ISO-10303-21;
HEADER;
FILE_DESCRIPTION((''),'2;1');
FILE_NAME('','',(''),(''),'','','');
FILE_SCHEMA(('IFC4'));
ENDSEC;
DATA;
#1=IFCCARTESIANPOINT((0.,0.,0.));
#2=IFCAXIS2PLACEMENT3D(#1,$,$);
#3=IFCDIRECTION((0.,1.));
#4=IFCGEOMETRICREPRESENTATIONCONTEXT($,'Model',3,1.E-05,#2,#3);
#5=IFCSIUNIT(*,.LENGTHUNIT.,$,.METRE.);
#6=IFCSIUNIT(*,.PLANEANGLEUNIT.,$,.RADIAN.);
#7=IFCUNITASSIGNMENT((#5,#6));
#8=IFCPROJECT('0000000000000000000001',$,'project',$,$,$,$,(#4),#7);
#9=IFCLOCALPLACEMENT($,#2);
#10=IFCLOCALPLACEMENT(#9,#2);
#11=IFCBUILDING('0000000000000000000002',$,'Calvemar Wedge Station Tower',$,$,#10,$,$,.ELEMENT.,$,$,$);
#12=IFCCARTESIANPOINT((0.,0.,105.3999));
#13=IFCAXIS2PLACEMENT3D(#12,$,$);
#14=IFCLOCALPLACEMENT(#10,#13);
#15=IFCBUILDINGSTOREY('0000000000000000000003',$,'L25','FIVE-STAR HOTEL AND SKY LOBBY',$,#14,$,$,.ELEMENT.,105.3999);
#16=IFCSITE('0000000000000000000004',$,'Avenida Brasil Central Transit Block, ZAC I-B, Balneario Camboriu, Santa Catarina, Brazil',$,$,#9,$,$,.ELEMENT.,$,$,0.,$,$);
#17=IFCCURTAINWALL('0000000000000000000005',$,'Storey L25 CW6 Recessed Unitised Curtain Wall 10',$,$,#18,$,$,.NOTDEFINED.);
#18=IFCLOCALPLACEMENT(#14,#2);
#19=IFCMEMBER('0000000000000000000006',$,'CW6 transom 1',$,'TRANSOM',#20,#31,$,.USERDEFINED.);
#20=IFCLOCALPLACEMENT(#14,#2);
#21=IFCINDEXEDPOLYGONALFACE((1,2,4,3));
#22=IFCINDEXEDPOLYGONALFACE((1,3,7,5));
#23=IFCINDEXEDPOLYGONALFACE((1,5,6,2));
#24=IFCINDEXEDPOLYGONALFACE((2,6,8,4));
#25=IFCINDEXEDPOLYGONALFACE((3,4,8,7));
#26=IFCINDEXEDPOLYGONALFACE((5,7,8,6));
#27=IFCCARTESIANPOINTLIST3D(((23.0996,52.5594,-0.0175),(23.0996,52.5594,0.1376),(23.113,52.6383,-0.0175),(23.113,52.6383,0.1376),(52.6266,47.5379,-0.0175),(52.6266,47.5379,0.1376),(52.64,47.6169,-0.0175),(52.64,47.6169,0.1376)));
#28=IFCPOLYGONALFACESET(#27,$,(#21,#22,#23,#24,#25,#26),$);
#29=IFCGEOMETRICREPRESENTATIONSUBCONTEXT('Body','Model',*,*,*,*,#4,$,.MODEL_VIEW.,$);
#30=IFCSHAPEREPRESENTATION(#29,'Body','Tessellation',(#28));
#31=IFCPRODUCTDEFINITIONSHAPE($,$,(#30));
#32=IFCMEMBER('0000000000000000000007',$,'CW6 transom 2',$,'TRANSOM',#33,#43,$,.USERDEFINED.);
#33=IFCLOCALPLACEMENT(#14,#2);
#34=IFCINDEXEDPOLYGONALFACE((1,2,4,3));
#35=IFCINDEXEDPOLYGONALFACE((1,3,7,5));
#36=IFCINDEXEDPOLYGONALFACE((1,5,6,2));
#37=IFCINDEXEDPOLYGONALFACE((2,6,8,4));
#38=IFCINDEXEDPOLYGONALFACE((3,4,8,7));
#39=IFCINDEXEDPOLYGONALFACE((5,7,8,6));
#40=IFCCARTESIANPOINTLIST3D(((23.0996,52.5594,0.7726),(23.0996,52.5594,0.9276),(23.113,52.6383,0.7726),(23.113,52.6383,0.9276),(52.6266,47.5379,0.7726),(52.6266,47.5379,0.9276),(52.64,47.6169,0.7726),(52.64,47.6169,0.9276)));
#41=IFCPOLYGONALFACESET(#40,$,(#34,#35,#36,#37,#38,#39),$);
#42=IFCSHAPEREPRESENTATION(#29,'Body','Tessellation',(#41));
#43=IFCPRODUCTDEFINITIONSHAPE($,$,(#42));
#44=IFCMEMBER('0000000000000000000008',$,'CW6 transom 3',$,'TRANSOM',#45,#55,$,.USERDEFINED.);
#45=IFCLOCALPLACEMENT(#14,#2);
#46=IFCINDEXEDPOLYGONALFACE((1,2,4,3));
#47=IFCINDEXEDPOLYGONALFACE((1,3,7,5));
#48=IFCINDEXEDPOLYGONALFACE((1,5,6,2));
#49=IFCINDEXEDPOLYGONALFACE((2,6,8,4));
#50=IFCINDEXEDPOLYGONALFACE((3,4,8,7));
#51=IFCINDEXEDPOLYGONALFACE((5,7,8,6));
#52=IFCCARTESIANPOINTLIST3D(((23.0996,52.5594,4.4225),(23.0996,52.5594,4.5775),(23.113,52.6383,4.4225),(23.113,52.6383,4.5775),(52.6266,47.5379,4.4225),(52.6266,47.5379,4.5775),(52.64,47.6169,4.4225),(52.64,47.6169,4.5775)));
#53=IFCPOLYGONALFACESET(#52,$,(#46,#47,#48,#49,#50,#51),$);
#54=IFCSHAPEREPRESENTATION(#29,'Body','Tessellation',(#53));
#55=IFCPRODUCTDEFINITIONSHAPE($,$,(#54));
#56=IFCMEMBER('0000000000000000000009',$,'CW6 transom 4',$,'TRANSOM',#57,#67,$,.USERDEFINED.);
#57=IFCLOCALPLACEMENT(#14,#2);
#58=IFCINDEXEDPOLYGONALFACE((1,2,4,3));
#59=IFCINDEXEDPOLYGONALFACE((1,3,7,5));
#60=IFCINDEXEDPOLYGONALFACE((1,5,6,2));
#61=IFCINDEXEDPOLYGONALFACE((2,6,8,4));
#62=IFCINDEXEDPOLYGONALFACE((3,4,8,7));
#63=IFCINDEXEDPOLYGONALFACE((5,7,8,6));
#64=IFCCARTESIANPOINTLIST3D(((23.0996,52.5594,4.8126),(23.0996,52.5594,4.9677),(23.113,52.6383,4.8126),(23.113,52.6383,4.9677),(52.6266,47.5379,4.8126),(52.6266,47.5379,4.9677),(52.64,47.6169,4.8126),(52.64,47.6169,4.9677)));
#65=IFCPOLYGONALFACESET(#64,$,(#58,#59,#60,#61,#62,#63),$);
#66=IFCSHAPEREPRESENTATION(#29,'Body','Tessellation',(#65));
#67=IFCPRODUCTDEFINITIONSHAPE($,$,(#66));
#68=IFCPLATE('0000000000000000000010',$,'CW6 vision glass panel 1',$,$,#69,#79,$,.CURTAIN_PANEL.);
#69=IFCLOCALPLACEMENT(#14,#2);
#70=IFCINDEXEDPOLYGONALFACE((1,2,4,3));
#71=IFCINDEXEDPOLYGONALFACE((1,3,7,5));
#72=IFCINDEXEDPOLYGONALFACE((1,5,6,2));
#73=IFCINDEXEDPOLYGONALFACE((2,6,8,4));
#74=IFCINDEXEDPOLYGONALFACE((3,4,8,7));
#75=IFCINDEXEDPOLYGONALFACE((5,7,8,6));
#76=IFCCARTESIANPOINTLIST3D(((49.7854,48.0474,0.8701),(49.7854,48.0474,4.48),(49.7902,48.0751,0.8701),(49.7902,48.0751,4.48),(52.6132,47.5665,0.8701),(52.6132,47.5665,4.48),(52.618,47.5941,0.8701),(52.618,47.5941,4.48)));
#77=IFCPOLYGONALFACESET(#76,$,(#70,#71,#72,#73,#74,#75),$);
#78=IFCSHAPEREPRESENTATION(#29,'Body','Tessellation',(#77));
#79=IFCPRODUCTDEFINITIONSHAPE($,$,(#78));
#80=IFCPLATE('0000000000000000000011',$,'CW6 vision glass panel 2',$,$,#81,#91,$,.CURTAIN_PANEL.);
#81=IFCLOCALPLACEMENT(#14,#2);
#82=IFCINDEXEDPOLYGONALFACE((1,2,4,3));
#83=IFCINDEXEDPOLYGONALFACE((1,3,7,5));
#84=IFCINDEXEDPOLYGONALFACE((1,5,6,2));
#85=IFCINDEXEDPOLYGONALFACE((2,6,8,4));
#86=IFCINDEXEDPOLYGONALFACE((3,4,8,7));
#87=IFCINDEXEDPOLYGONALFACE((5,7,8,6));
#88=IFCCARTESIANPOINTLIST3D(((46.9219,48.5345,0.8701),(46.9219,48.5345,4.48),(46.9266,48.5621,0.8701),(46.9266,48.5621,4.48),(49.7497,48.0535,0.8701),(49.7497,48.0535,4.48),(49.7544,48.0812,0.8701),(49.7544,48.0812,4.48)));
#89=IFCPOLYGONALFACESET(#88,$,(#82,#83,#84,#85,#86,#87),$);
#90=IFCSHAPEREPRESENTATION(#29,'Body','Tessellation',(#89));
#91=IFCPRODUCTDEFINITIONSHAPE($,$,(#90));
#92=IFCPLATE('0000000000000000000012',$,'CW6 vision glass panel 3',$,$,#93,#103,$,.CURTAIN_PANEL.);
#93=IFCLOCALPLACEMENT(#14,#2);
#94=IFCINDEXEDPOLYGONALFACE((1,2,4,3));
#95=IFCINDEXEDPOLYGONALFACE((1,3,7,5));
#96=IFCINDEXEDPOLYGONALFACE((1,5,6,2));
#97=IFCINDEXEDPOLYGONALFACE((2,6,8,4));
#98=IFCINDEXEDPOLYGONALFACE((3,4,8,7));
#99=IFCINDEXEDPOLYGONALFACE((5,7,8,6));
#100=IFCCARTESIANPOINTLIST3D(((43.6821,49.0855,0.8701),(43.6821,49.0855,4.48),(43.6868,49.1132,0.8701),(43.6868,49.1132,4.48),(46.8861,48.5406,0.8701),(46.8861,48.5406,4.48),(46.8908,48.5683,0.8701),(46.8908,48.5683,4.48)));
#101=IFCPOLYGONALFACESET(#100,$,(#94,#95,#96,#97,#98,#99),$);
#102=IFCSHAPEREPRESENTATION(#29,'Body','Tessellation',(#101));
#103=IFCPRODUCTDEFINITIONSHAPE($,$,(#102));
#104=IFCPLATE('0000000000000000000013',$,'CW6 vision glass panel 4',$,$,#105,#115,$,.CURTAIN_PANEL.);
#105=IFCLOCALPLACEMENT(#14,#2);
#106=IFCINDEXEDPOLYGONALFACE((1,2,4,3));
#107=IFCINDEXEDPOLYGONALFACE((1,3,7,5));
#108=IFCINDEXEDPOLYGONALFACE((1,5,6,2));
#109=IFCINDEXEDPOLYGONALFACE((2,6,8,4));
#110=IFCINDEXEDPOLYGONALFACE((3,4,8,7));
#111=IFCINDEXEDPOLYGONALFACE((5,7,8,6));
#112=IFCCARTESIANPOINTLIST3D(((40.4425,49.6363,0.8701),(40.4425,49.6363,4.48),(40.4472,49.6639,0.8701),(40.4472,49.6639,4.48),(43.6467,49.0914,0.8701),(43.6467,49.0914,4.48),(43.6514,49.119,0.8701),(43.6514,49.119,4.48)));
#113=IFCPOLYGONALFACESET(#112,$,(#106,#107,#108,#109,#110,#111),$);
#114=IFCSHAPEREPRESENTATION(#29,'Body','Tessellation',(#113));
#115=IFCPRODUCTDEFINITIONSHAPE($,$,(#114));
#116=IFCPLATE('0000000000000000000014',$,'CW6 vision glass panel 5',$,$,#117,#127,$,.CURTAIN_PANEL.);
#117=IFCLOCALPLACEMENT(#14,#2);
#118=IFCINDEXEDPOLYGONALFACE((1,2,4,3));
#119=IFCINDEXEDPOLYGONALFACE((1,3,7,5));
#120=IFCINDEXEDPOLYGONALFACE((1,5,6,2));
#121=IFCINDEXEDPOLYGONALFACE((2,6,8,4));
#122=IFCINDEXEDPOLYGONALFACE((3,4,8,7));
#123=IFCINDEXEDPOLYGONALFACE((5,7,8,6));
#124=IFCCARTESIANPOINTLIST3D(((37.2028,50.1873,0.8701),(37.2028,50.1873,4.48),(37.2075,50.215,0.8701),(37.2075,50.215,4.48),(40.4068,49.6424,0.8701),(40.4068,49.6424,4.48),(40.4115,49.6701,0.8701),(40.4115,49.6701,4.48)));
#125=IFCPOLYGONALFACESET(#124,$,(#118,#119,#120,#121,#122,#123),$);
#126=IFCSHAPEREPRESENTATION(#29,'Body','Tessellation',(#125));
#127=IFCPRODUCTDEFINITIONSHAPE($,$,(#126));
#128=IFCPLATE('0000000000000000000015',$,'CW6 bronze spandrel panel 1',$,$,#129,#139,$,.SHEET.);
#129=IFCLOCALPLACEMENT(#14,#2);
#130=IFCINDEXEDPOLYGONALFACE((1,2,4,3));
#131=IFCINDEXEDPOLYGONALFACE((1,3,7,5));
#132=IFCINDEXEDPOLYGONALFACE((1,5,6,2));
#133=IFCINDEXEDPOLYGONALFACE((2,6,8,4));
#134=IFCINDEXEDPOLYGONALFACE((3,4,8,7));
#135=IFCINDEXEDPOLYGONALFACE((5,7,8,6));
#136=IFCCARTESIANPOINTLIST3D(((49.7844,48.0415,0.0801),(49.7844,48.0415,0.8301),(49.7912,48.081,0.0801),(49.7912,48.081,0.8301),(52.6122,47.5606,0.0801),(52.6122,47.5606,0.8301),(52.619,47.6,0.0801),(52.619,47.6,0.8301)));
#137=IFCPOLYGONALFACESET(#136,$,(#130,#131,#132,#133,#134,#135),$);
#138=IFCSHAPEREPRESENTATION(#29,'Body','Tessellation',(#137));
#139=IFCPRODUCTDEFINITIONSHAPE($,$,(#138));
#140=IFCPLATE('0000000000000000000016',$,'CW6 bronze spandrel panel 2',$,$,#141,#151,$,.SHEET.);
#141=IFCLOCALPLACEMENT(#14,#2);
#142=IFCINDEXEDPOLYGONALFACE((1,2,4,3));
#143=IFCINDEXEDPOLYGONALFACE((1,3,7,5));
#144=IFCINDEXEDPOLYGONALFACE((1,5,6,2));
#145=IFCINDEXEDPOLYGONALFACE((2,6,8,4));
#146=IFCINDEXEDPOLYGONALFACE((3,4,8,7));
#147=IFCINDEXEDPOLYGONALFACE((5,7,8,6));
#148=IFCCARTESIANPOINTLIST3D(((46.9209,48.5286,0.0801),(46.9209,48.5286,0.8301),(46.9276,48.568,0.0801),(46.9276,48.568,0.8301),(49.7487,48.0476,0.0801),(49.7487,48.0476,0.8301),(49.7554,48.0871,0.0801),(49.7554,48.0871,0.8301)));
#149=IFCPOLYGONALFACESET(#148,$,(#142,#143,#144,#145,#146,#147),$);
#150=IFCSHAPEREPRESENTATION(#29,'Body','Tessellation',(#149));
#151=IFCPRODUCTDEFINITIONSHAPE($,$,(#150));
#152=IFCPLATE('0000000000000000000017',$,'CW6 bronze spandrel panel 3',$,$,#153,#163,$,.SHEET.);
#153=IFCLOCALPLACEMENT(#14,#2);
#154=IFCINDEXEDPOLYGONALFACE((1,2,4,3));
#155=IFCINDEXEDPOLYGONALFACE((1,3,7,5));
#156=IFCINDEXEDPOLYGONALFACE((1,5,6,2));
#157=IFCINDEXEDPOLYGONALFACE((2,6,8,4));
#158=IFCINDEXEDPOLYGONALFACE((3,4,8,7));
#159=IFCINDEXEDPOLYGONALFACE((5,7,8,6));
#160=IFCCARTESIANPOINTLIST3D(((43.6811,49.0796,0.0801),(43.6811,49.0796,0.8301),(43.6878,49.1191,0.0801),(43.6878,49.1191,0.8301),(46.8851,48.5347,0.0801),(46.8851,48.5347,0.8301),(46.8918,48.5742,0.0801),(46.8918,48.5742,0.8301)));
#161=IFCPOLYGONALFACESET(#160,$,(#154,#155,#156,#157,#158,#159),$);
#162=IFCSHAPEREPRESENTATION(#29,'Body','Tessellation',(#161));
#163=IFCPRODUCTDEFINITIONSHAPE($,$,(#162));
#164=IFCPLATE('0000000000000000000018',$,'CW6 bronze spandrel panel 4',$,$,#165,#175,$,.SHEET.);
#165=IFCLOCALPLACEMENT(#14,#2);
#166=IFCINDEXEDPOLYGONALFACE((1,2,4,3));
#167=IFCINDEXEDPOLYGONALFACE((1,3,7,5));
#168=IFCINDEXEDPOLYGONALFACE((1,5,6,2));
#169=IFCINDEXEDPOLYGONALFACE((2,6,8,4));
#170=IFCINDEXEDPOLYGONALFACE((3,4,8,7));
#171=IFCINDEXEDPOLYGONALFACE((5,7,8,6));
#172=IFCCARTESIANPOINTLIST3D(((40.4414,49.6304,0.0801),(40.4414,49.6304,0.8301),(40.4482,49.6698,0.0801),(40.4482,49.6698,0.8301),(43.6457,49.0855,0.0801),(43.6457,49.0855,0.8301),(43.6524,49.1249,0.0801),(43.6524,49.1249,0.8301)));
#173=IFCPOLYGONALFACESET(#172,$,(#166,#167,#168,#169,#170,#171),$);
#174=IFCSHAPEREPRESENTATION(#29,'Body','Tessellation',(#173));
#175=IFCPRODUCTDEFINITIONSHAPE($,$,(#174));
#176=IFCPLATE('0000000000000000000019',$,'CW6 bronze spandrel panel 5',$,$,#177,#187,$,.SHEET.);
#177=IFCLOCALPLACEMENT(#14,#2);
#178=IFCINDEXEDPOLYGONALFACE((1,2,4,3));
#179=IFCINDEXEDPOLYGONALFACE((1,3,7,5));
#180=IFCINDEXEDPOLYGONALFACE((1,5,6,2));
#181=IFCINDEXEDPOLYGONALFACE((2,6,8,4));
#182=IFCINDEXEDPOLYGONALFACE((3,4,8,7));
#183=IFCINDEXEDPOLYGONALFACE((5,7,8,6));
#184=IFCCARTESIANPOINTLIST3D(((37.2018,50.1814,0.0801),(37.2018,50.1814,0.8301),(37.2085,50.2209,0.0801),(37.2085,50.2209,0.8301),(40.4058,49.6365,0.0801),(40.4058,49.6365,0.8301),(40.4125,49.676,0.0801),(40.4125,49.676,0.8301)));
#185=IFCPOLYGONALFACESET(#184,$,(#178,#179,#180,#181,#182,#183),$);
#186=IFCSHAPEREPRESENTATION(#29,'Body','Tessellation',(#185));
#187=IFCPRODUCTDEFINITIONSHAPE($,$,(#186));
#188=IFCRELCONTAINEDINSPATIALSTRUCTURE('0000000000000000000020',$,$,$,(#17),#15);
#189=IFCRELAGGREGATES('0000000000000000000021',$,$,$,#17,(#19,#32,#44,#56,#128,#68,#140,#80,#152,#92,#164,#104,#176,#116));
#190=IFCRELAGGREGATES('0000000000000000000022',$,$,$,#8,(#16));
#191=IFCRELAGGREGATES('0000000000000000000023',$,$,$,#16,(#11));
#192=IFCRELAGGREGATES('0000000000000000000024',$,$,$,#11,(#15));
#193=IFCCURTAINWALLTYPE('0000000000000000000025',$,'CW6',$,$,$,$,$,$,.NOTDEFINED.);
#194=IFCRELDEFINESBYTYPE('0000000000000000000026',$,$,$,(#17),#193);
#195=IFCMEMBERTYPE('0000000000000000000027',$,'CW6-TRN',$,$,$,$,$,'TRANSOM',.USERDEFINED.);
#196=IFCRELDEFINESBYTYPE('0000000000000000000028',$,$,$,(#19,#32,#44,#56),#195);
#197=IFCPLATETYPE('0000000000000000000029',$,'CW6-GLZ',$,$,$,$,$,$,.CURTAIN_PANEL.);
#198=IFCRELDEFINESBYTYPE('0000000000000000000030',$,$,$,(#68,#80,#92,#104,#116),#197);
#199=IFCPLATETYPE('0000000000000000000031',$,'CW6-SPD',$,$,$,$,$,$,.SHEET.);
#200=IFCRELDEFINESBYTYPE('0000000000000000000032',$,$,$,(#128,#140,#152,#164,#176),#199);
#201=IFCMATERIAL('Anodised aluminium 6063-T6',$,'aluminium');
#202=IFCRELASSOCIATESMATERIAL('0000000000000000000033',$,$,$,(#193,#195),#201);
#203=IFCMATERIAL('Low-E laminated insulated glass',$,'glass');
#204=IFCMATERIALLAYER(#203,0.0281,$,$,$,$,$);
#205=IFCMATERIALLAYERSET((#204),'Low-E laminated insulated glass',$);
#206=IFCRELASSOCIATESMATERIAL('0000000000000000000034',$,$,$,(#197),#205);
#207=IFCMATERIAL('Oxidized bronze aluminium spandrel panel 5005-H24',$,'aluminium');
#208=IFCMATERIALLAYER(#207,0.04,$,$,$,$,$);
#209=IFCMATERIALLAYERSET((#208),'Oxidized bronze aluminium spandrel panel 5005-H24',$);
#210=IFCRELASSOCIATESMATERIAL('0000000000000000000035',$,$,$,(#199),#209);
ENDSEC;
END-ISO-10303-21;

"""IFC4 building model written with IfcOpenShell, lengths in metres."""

from ifc_helpers import new_model, si_unit, direction, frame, frame_2d, origin, origin_2d, place, context, subcontext, project, spatial, rectangle, extrude, source, transform, mapped, material, layer, layer_set, material_profile, profile_set, type_object, element, aggregate, save


model = new_model("IFC4")

# Units and contexts
model_context = context("Model", 3, precision=1e-05, world=origin(), true_north=direction((0.0, 1.0)))
body_context = subcontext(model_context, "Body", "Model", "MODEL_VIEW")
ifc_project = project(units=[si_unit("LENGTHUNIT", "METRE"), si_unit("PLANEANGLEUNIT", "RADIAN")], contexts=[model_context])

# Site, building, storey
site_placement = place(None, origin())
site = spatial("IfcSite", under=ifc_project, at=site_placement, Name="Avenida Brasil Central Transit Block, ZAC I-B, Balneario Camboriu, Santa Catarina, Brazil", CompositionType="ELEMENT", RefElevation=0.0)
building_placement = place(site_placement, origin())
building = spatial("IfcBuilding", under=site, at=building_placement, Name="Calvemar Wedge Station Tower", CompositionType="ELEMENT")
storey_placement = place(building_placement, frame((0.0, 0.0, 105.3999)))
storey = spatial("IfcBuildingStorey", under=building, at=storey_placement, Name="L25", Description="FIVE-STAR HOTEL AND SKY LOBBY", CompositionType="ELEMENT", Elevation=105.3999)

# Curtain wall, members, plates
ifc_material_1 = material(Name="Anodised aluminium 6063-T6", Category="aluminium")
curtain_wall_type = type_object("IfcCurtainWallType", Name="CW6", PredefinedType="NOTDEFINED", material=ifc_material_1)
curtain_wall_placement = place(storey_placement, origin())
curtain_wall = element("IfcCurtainWall", 1, at=curtain_wall_placement, inside=storey, type_object=curtain_wall_type, Name="Storey L25 CW6 Recessed Unitised Curtain Wall 10", PredefinedType="NOTDEFINED")
ifc_material_profile_1 = material_profile(ifc_material_1, rectangle(XDim=0.0801, YDim=0.155, at=origin_2d()), Name="AL-TRN-80x155")
ifc_profile_set_1 = profile_set([ifc_material_profile_1], Name="Anodised aluminium 6063-T6")
member_type_1 = type_object("IfcMemberType", Name="CW6-TRN", ElementType="TRANSOM", PredefinedType="USERDEFINED", material=ifc_profile_set_1)
shared_shape_1 = source(origin(), body_context, "Body", "SweptSolid", [
    extrude(rectangle(XDim=0.0801, YDim=0.155, at=origin_2d()), origin(), (0.0, 0.0, 1.0), 29.9509),
])
member_1_placement = place(storey_placement, frame((52.6333, 47.5774, 0.0601), z_axis=(-0.985845, 0.167656, 0.0), x_axis=(-0.167656, -0.985845, 0.0)))
member_1 = element("IfcMember", 2, at=member_1_placement, type_object=member_type_1, Name="CW6 transom 1", ObjectType="TRANSOM", PredefinedType="USERDEFINED", context=body_context, shape_type="MappedRepresentation", body=[
    mapped(shared_shape_1, transform((0.0, 0.0, 0.0), scale=1.0)),
])
member_2_placement = place(storey_placement, frame((52.6333, 47.5774, 0.8501), z_axis=(-0.985845, 0.167656, 0.0), x_axis=(-0.167656, -0.985845, 0.0)))
member_2 = element("IfcMember", 3, at=member_2_placement, type_object=member_type_1, Name="CW6 transom 2", ObjectType="TRANSOM", PredefinedType="USERDEFINED", context=body_context, shape_type="MappedRepresentation", body=[
    mapped(shared_shape_1, transform((0.0, 0.0, 0.0), scale=1.0)),
])
member_3_placement = place(storey_placement, frame((52.6333, 47.5774, 4.5), z_axis=(-0.985845, 0.167656, 0.0), x_axis=(-0.167656, -0.985845, 0.0)))
member_3 = element("IfcMember", 4, at=member_3_placement, type_object=member_type_1, Name="CW6 transom 3", ObjectType="TRANSOM", PredefinedType="USERDEFINED", context=body_context, shape_type="MappedRepresentation", body=[
    mapped(shared_shape_1, transform((0.0, 0.0, 0.0), scale=1.0)),
])
member_4_placement = place(storey_placement, frame((52.6333, 47.5774, 4.8901), z_axis=(-0.985845, 0.167656, 0.0), x_axis=(-0.167656, -0.985845, 0.0)))
member_4 = element("IfcMember", 5, at=member_4_placement, type_object=member_type_1, Name="CW6 transom 4", ObjectType="TRANSOM", PredefinedType="USERDEFINED", context=body_context, shape_type="MappedRepresentation", body=[
    mapped(shared_shape_1, transform((0.0, 0.0, 0.0), scale=1.0)),
])
ifc_material_2 = material(Name="Low-E laminated insulated glass", Category="glass")
ifc_layer_1 = layer(ifc_material_2, 0.0281)
ifc_layer_set_1 = layer_set([ifc_layer_1], Name="Low-E laminated insulated glass")
plate_type_1 = type_object("IfcPlateType", Name="CW6-GLZ", PredefinedType="CURTAIN_PANEL", material=ifc_layer_set_1)
plate_1_placement = place(storey_placement, frame((52.6155, 47.5803, 0.8701), z_axis=(0.0, 0.0, 1.0), x_axis=(-0.985843, 0.167669, 0.0)))
plate_1 = element("IfcPlate", 6, at=plate_1_placement, type_object=plate_type_1, Name="CW6 vision glass panel 1", PredefinedType="CURTAIN_PANEL", context=body_context, shape_type="SweptSolid", body=[
    extrude(rectangle(XDim=2.8684, YDim=0.0281, at=frame_2d((1.4341, 0.0))), origin(), (0.0, 0.0, 1.0), 3.6099),
])
plate_2_placement = place(storey_placement, frame((49.752, 48.0674, 0.8701), z_axis=(0.0, 0.0, 1.0), x_axis=(-0.985843, 0.167669, 0.0)))
plate_2 = element("IfcPlate", 7, at=plate_2_placement, type_object=plate_type_1, Name="CW6 vision glass panel 2", PredefinedType="CURTAIN_PANEL", context=body_context, shape_type="SweptSolid", body=[
    extrude(rectangle(XDim=2.8684, YDim=0.0281, at=frame_2d((1.4341, 0.0))), origin(), (0.0, 0.0, 1.0), 3.6099),
])
plate_3_placement = place(storey_placement, frame((46.8884, 48.5544, 0.8701), z_axis=(0.0, 0.0, 1.0), x_axis=(-0.985844, 0.167663, 0.0)))
plate_3 = element("IfcPlate", 8, at=plate_3_placement, type_object=plate_type_1, Name="CW6 vision glass panel 3", PredefinedType="CURTAIN_PANEL", context=body_context, shape_type="SweptSolid", body=[
    extrude(rectangle(XDim=3.25, YDim=0.0281, at=frame_2d((1.625, 0.0))), origin(), (0.0, 0.0, 1.0), 3.6099),
])
plate_4_placement = place(storey_placement, frame((43.6489, 49.1052, 0.8701), z_axis=(0.0, 0.0, 1.0), x_axis=(-0.985847, 0.16765, 0.0)))
plate_4 = element("IfcPlate", 9, at=plate_4_placement, type_object=plate_type_1, Name="CW6 vision glass panel 4", PredefinedType="CURTAIN_PANEL", context=body_context, shape_type="SweptSolid", body=[
    extrude(rectangle(XDim=3.2502, YDim=0.0281, at=frame_2d((1.625, 0.0))), origin(), (0.0, 0.0, 1.0), 3.6099),
])
plate_5_placement = place(storey_placement, frame((40.4092, 49.6562, 0.8701), z_axis=(0.0, 0.0, 1.0), x_axis=(-0.985844, 0.167663, 0.0)))
plate_5 = element("IfcPlate", 10, at=plate_5_placement, type_object=plate_type_1, Name="CW6 vision glass panel 5", PredefinedType="CURTAIN_PANEL", context=body_context, shape_type="SweptSolid", body=[
    extrude(rectangle(XDim=3.25, YDim=0.0281, at=frame_2d((1.625, 0.0))), origin(), (0.0, 0.0, 1.0), 3.6099),
])
ifc_material_3 = material(Name="Oxidized bronze aluminium spandrel panel 5005-H24", Category="aluminium")
ifc_layer_2 = layer(ifc_material_3, 0.04)
ifc_layer_set_2 = layer_set([ifc_layer_2], Name="Oxidized bronze aluminium spandrel panel 5005-H24")
plate_type_2 = type_object("IfcPlateType", Name="CW6-SPD", PredefinedType="SHEET", material=ifc_layer_set_2)
plate_6_placement = place(storey_placement, frame((52.6155, 47.5803, 0.0801), z_axis=(0.0, 0.0, 1.0), x_axis=(-0.985843, 0.167669, 0.0)))
plate_6 = element("IfcPlate", 11, at=plate_6_placement, type_object=plate_type_2, Name="CW6 bronze spandrel panel 1", PredefinedType="SHEET", context=body_context, shape_type="SweptSolid", body=[
    extrude(rectangle(XDim=2.8684, YDim=0.04, at=frame_2d((1.4341, 0.0))), origin(), (0.0, 0.0, 1.0), 0.75),
])
plate_7_placement = place(storey_placement, frame((49.752, 48.0674, 0.0801), z_axis=(0.0, 0.0, 1.0), x_axis=(-0.985843, 0.167669, 0.0)))
plate_7 = element("IfcPlate", 12, at=plate_7_placement, type_object=plate_type_2, Name="CW6 bronze spandrel panel 2", PredefinedType="SHEET", context=body_context, shape_type="SweptSolid", body=[
    extrude(rectangle(XDim=2.8684, YDim=0.04, at=frame_2d((1.4341, 0.0))), origin(), (0.0, 0.0, 1.0), 0.75),
])
plate_8_placement = place(storey_placement, frame((46.8884, 48.5544, 0.0801), z_axis=(0.0, 0.0, 1.0), x_axis=(-0.985844, 0.167663, 0.0)))
plate_8 = element("IfcPlate", 13, at=plate_8_placement, type_object=plate_type_2, Name="CW6 bronze spandrel panel 3", PredefinedType="SHEET", context=body_context, shape_type="SweptSolid", body=[
    extrude(rectangle(XDim=3.25, YDim=0.04, at=frame_2d((1.625, 0.0))), origin(), (0.0, 0.0, 1.0), 0.75),
])
plate_9_placement = place(storey_placement, frame((43.6489, 49.1052, 0.0801), z_axis=(0.0, 0.0, 1.0), x_axis=(-0.985847, 0.16765, 0.0)))
plate_9 = element("IfcPlate", 14, at=plate_9_placement, type_object=plate_type_2, Name="CW6 bronze spandrel panel 4", PredefinedType="SHEET", context=body_context, shape_type="SweptSolid", body=[
    extrude(rectangle(XDim=3.2502, YDim=0.04, at=frame_2d((1.625, 0.0))), origin(), (0.0, 0.0, 1.0), 0.75),
])
plate_10_placement = place(storey_placement, frame((40.4092, 49.6562, 0.0801), z_axis=(0.0, 0.0, 1.0), x_axis=(-0.985844, 0.167663, 0.0)))
plate_10 = element("IfcPlate", 15, at=plate_10_placement, type_object=plate_type_2, Name="CW6 bronze spandrel panel 5", PredefinedType="SHEET", context=body_context, shape_type="SweptSolid", body=[
    extrude(rectangle(XDim=3.25, YDim=0.04, at=frame_2d((1.625, 0.0))), origin(), (0.0, 0.0, 1.0), 0.75),
])
aggregate(curtain_wall, [member_1, member_2, member_3, member_4, plate_6, plate_1, plate_7, plate_2, plate_8, plate_3, plate_9, plate_4, plate_10, plate_5])

save(model, "model.ifc")
